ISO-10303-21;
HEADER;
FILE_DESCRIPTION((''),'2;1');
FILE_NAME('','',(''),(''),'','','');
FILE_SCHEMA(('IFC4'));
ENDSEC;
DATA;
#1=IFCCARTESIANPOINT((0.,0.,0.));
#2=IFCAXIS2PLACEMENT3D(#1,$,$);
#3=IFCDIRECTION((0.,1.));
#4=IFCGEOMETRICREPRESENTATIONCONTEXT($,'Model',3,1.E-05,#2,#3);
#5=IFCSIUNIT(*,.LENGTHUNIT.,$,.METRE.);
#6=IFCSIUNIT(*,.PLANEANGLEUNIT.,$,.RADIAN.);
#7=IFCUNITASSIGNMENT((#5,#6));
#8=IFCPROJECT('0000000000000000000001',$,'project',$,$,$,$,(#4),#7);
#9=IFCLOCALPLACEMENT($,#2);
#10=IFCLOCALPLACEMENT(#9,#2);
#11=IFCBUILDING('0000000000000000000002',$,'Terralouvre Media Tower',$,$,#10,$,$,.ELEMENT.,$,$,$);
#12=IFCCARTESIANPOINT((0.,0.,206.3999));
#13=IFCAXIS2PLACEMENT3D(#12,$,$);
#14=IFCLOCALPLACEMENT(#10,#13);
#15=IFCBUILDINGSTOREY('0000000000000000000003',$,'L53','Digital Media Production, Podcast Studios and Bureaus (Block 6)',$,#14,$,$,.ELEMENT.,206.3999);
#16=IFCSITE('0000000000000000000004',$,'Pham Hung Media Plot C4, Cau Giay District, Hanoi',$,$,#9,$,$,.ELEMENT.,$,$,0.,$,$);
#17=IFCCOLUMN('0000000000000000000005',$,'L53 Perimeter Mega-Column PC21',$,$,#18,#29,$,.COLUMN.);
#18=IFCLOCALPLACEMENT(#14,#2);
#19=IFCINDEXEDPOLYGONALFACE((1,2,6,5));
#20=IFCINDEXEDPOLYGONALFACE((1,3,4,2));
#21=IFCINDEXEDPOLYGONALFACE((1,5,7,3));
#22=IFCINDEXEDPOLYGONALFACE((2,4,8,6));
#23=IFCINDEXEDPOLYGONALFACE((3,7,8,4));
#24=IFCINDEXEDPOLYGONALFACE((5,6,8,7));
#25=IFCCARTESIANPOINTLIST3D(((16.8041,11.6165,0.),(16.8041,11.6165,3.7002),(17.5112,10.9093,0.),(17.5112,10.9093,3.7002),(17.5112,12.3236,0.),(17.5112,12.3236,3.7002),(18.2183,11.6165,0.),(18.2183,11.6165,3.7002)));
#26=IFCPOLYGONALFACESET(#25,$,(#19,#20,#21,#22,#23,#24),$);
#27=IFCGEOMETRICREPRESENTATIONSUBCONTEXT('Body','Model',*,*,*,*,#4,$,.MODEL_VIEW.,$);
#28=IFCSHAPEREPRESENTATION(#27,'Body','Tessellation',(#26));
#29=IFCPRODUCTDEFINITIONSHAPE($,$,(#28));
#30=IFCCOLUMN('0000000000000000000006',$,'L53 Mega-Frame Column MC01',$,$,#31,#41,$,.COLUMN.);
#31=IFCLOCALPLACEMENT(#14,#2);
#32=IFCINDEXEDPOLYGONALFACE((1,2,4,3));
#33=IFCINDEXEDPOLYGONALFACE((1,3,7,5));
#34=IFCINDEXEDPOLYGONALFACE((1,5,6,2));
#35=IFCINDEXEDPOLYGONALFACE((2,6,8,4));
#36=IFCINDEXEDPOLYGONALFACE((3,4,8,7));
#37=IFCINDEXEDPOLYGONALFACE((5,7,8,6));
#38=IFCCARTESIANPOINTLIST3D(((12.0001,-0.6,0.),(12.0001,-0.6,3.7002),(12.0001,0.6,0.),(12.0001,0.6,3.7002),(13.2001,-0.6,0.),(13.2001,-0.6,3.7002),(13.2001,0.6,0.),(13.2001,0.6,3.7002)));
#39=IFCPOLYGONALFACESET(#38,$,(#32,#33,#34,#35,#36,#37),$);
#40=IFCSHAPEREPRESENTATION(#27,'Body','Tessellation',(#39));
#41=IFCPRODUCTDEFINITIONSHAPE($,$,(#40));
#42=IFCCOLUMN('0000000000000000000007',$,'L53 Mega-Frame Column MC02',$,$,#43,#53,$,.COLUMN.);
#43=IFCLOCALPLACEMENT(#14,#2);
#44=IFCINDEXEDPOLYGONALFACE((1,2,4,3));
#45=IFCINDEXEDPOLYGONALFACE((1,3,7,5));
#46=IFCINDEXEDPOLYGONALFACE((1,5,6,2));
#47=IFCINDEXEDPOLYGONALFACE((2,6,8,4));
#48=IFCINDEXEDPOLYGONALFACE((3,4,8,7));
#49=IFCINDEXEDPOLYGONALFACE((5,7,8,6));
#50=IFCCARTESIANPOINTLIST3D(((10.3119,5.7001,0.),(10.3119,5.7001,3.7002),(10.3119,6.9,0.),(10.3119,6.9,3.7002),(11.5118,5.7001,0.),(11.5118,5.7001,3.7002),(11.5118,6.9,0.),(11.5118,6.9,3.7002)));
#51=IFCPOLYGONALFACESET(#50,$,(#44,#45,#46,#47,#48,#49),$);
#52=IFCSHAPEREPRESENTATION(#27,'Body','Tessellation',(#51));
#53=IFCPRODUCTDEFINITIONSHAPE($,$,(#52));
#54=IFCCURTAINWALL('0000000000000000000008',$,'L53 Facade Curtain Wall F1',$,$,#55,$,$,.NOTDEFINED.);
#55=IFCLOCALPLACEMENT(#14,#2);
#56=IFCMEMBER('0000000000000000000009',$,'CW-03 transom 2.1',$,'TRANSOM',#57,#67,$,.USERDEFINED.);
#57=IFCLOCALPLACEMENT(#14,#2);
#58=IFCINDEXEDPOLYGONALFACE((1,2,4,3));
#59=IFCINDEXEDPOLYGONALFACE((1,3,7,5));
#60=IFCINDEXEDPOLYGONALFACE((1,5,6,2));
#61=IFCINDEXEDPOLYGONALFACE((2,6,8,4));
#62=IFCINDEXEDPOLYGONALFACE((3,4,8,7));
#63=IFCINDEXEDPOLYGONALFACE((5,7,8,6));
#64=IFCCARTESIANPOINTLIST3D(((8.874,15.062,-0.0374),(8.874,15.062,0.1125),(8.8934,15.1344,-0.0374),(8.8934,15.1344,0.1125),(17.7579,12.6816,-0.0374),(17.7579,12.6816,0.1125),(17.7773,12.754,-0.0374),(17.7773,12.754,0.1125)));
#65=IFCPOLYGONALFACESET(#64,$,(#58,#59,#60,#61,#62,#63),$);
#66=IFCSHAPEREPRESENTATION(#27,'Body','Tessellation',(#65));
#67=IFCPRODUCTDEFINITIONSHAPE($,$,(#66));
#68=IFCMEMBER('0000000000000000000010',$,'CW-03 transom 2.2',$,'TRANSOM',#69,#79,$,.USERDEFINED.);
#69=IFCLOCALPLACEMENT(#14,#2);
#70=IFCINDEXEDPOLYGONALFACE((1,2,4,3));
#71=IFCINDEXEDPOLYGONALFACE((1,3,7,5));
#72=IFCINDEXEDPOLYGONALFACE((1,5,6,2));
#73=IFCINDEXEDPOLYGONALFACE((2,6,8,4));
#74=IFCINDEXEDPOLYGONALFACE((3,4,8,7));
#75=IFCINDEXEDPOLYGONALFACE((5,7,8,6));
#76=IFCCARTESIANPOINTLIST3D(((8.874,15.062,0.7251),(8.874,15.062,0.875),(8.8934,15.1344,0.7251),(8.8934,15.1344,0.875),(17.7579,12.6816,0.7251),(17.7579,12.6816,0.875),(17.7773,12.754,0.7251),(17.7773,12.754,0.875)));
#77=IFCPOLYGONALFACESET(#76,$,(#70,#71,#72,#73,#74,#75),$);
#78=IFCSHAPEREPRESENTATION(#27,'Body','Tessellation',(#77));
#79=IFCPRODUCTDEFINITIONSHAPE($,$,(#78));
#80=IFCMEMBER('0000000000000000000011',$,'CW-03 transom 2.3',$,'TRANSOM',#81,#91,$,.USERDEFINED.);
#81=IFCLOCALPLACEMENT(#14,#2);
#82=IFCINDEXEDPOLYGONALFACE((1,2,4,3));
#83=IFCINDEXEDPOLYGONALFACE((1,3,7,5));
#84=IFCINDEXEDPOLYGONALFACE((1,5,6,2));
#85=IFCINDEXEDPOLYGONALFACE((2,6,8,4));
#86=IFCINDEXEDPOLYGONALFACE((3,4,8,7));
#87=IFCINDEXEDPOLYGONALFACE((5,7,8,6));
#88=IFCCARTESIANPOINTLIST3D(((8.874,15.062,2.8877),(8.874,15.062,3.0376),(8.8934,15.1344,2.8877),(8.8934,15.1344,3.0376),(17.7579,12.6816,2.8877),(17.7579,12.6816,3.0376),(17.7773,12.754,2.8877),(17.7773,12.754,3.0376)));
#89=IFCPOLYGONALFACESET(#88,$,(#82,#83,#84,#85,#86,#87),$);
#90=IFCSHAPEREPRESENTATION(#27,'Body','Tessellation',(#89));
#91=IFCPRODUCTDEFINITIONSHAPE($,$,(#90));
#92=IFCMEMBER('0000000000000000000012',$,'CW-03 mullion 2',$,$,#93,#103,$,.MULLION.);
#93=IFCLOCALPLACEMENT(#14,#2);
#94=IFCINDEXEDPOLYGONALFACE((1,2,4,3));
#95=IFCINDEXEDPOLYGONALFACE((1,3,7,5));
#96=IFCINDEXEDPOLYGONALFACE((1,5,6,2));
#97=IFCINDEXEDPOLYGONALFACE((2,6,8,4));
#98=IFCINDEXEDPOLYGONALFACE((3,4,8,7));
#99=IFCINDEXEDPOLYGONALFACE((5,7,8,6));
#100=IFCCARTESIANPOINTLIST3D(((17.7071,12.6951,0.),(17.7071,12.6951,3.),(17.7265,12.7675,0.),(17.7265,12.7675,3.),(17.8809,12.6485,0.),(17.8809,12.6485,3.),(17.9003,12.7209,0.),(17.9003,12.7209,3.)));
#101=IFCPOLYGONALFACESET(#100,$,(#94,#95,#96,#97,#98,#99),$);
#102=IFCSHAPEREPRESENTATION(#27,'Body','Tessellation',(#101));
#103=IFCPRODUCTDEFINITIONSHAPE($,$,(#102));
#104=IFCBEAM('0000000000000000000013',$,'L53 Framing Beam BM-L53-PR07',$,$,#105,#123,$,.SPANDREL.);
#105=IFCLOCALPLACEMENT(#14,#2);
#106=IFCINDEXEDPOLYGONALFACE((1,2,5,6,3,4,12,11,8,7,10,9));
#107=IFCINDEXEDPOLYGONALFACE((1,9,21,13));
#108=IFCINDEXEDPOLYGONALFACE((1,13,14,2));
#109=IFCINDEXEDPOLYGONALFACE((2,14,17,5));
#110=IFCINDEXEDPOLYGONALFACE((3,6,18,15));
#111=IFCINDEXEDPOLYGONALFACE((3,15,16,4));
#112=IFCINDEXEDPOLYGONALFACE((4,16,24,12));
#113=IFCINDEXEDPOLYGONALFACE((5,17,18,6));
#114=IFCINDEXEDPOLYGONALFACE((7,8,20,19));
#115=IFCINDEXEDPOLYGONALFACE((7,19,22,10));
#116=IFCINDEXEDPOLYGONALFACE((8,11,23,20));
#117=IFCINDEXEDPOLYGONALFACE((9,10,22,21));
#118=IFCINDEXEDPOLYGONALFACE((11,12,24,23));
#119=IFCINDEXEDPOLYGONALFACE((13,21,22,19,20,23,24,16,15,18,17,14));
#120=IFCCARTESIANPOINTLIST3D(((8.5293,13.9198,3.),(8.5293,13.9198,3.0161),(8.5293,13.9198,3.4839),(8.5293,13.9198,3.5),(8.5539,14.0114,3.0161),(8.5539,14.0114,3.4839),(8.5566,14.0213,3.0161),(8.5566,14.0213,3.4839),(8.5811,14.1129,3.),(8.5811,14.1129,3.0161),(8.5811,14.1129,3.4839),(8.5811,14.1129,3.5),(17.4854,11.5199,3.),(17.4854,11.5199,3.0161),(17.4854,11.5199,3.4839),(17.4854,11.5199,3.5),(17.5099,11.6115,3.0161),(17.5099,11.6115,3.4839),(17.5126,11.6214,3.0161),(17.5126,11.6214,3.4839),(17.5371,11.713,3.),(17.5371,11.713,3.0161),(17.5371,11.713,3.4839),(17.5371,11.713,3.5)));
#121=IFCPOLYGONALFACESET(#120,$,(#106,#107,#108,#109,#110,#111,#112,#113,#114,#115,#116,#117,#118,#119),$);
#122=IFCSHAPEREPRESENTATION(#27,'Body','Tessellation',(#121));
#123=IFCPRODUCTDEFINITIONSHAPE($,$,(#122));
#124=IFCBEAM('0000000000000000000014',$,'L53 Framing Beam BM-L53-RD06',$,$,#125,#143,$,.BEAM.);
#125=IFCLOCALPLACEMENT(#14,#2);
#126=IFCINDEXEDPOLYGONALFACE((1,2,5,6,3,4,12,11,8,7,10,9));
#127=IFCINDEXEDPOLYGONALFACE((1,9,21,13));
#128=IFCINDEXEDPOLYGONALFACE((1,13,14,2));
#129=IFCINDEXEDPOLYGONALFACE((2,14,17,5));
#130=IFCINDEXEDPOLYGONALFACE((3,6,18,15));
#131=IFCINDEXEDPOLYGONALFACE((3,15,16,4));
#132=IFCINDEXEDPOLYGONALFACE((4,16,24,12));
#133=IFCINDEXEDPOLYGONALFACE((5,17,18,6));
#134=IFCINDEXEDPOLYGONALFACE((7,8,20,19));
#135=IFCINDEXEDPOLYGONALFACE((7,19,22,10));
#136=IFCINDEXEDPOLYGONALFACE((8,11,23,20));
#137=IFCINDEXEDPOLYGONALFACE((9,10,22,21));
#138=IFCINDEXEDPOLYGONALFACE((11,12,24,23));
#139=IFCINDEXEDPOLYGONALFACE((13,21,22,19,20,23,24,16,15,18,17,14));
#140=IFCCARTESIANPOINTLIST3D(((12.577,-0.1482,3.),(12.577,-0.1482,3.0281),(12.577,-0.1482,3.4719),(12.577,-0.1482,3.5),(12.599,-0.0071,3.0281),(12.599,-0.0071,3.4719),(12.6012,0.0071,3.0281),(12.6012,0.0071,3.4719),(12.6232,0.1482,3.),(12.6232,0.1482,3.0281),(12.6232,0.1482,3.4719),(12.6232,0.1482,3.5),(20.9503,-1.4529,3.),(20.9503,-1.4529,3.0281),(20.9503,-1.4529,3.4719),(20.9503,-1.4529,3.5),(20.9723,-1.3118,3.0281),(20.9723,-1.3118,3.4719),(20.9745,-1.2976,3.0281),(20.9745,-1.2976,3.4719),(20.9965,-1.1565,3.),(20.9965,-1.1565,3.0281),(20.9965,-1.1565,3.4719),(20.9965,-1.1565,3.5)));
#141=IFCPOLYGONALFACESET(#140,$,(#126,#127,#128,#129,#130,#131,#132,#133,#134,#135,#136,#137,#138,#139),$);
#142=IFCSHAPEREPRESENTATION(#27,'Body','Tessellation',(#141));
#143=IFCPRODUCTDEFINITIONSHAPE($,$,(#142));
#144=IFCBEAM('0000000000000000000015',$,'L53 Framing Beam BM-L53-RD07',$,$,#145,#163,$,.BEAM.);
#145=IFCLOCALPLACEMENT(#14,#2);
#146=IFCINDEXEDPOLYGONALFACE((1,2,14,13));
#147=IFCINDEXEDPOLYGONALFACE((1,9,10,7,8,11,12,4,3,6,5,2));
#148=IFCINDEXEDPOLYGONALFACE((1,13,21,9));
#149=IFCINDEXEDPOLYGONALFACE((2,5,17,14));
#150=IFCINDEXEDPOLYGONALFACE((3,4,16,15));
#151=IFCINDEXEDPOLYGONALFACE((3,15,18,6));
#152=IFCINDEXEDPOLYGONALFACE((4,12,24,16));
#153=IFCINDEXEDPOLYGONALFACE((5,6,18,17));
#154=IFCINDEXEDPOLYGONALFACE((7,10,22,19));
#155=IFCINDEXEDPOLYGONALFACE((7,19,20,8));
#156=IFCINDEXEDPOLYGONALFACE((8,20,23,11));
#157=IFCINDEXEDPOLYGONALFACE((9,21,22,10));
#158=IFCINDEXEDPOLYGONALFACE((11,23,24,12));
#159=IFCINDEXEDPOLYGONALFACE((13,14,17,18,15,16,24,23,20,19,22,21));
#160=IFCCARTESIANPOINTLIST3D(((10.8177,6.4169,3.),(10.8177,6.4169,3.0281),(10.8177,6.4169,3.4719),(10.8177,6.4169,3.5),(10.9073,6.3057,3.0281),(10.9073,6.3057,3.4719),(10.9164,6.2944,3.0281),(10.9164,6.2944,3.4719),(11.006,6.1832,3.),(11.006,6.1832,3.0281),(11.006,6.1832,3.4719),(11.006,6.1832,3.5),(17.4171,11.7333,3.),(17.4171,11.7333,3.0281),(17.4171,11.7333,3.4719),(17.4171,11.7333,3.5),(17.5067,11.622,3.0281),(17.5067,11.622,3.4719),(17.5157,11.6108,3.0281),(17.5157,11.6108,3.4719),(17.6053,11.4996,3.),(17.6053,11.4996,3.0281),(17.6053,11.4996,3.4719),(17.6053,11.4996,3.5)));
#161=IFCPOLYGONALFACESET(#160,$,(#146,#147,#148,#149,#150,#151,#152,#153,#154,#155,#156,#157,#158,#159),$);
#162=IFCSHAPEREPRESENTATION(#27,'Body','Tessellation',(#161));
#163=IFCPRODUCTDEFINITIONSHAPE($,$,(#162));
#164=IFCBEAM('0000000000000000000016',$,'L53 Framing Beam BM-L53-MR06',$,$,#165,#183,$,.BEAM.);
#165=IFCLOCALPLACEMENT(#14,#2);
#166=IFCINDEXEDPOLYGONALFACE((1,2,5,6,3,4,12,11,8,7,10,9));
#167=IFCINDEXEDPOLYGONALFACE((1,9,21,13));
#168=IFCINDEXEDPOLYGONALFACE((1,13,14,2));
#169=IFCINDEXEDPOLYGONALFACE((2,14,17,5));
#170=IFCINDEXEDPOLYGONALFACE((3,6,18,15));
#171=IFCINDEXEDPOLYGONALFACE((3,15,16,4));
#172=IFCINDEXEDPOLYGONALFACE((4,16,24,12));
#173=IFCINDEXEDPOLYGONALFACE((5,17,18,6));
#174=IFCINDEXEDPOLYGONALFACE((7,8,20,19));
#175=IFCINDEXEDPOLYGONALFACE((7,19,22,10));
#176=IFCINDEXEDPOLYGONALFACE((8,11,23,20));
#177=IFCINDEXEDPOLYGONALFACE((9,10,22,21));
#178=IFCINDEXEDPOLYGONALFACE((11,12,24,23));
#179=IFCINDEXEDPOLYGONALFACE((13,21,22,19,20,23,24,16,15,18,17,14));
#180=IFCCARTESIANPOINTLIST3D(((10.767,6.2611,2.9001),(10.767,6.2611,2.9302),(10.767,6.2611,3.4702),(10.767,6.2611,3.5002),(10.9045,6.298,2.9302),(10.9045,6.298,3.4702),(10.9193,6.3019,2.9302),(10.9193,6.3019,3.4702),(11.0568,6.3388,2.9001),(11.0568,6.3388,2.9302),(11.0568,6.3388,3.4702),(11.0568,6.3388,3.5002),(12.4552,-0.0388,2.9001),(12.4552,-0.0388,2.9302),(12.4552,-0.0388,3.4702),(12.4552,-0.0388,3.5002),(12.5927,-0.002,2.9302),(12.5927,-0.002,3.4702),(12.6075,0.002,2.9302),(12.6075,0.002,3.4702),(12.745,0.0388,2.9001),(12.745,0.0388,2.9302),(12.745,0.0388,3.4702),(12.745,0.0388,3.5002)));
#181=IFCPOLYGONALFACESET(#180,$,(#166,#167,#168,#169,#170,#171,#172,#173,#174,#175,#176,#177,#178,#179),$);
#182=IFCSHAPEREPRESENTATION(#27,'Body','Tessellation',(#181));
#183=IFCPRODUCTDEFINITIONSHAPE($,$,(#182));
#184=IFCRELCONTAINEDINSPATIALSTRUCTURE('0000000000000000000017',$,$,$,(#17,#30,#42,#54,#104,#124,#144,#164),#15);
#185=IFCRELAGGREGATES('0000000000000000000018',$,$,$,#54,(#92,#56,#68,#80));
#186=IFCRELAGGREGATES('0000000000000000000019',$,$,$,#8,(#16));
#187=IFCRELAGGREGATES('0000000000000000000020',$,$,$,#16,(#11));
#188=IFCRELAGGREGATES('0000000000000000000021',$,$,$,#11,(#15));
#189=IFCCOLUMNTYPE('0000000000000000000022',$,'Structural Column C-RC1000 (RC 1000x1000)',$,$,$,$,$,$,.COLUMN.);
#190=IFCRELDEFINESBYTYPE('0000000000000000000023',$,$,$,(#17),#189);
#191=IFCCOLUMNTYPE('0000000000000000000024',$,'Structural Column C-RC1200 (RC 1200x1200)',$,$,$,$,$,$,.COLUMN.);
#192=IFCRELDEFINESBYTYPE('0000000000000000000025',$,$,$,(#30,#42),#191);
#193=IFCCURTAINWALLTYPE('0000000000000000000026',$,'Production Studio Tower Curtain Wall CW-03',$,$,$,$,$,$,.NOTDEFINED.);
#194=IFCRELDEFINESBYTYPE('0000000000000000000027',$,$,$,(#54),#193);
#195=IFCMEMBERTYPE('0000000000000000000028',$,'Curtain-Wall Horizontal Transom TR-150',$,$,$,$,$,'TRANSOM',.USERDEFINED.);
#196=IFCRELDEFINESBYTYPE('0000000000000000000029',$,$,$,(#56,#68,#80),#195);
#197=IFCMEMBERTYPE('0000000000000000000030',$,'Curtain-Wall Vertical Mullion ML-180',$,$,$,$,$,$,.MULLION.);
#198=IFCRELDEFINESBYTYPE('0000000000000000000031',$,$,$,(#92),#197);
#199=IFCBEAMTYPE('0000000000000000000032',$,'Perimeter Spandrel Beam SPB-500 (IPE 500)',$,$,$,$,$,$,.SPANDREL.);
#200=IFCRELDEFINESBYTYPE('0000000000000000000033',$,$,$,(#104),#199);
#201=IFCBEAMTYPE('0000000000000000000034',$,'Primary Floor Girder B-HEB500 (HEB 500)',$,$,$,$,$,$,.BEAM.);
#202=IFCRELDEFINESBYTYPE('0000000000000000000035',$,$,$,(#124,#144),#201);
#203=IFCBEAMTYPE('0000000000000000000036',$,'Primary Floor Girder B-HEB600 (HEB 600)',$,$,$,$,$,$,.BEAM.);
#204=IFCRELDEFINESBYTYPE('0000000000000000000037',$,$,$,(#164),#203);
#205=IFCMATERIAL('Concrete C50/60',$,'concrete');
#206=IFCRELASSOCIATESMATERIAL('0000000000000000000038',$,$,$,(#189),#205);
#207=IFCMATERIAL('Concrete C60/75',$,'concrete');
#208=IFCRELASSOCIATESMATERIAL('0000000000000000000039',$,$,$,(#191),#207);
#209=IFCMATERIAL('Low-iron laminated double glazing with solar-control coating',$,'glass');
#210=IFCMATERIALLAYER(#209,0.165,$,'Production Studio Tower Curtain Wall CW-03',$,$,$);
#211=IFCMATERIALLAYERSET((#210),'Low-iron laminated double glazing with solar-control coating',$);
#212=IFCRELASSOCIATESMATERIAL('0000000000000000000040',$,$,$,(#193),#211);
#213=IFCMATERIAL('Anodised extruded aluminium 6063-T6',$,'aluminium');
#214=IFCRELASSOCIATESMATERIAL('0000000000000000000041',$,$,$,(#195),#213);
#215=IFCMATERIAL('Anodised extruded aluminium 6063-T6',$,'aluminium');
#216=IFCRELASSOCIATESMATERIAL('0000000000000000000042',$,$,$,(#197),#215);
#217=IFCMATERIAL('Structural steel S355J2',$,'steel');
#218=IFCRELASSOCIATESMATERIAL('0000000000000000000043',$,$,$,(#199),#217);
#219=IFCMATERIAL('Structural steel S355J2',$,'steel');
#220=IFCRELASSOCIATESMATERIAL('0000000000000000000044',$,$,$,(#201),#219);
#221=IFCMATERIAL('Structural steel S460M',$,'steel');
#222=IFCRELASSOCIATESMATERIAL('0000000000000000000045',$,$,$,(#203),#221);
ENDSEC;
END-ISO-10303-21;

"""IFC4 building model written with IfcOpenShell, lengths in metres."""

from ifc_helpers import new_model, si_unit, direction, frame, origin, origin_2d, place, context, subcontext, project, spatial, rectangle, i_section, extrude, material, layer, layer_set, material_profile, profile_set, type_object, element, aggregate, save


model = new_model("IFC4")

# Units and contexts
model_context = context("Model", 3, precision=1e-05, world=origin(), true_north=direction((0.0, 1.0)))
body_context = subcontext(model_context, "Body", "Model", "MODEL_VIEW")
ifc_project = project(units=[si_unit("LENGTHUNIT", "METRE"), si_unit("PLANEANGLEUNIT", "RADIAN")], contexts=[model_context])

# Site, building, storey
site_placement = place(None, origin())
site = spatial("IfcSite", under=ifc_project, at=site_placement, Name="Pham Hung Media Plot C4, Cau Giay District, Hanoi", CompositionType="ELEMENT", RefElevation=0.0)
building_placement = place(site_placement, origin())
building = spatial("IfcBuilding", under=site, at=building_placement, Name="Terralouvre Media Tower", CompositionType="ELEMENT")
storey_placement = place(building_placement, frame((0.0, 0.0, 206.3999)))
storey = spatial("IfcBuildingStorey", under=building, at=storey_placement, Name="L53", Description="Digital Media Production, Podcast Studios and Bureaus (Block 6)", CompositionType="ELEMENT", Elevation=206.3999)

# Columns
ifc_material_1 = material(Name="Concrete C50/60", Category="concrete")
ifc_material_profile_1 = material_profile(ifc_material_1, rectangle(XDim=1.0, YDim=1.0, at=origin_2d()), Name="RC 1000x1000")
ifc_profile_set_1 = profile_set([ifc_material_profile_1], Name="Concrete C50/60")
column_type_1 = type_object("IfcColumnType", Name="Structural Column C-RC1000 (RC 1000x1000)", PredefinedType="COLUMN", material=ifc_profile_set_1)
column_placement = place(storey_placement, frame((17.5112, 11.6165, 0.0), z_axis=(0.0, 0.0, 1.0), x_axis=(0.707107, 0.707107, 0.0)))
element("IfcColumn", 1, at=column_placement, inside=storey, type_object=column_type_1, Name="L53 Perimeter Mega-Column PC21", PredefinedType="COLUMN", context=body_context, shape_type="SweptSolid", body=[
    extrude(rectangle(XDim=1.0, YDim=1.0, at=origin_2d()), origin(), (0.0, 0.0, 1.0), 3.7002),
])
ifc_material_2 = material(Name="Concrete C60/75", Category="concrete")
ifc_material_profile_2 = material_profile(ifc_material_2, rectangle(XDim=1.2, YDim=1.2, at=origin_2d()), Name="RC 1200x1200")
ifc_profile_set_2 = profile_set([ifc_material_profile_2], Name="Concrete C60/75")
column_type_2 = type_object("IfcColumnType", Name="Structural Column C-RC1200 (RC 1200x1200)", PredefinedType="COLUMN", material=ifc_profile_set_2)
for number, where, z_axis, x_axis, name in (
    (2, (12.6001, 0.0, 0.0), (0.0, 0.0, 1.0), (1.0, 0.0, 0.0), "L53 Mega-Frame Column MC01"),
    (3, (10.9119, 6.3, 0.0), (0.0, 0.0, 1.0), (1.0, 0.0, 0.0), "L53 Mega-Frame Column MC02"),
):
    element("IfcColumn", number, at=place(storey_placement, frame(where, z_axis=z_axis, x_axis=x_axis)), inside=storey, type_object=column_type_2, Name=name, PredefinedType="COLUMN", context=body_context, shape_type="SweptSolid", body=[
        extrude(rectangle(XDim=1.2, YDim=1.2, at=origin_2d()), origin(), (0.0, 0.0, 1.0), 3.7002),
    ])

# Curtain wall, members
ifc_material_3 = material(Name="Low-iron laminated double glazing with solar-control coating", Category="glass")
ifc_layer_1 = layer(ifc_material_3, 0.165, Name="Production Studio Tower Curtain Wall CW-03")
ifc_layer_set_1 = layer_set([ifc_layer_1], Name="Low-iron laminated double glazing with solar-control coating")
curtain_wall_type = type_object("IfcCurtainWallType", Name="Production Studio Tower Curtain Wall CW-03", PredefinedType="NOTDEFINED", material=ifc_layer_set_1)
curtain_wall_placement = place(storey_placement, origin())
curtain_wall = element("IfcCurtainWall", 4, at=curtain_wall_placement, inside=storey, type_object=curtain_wall_type, Name="L53 Facade Curtain Wall F1", PredefinedType="NOTDEFINED")
ifc_material_4 = material(Name="Anodised extruded aluminium 6063-T6", Category="aluminium")
ifc_material_profile_3 = material_profile(ifc_material_4, rectangle(XDim=0.075, YDim=0.1499, at=origin_2d()), Name="ALU 75x150")
ifc_profile_set_3 = profile_set([ifc_material_profile_3], Name="Anodised extruded aluminium 6063-T6")
member_type_1 = type_object("IfcMemberType", Name="Curtain-Wall Horizontal Transom TR-150", ElementType="TRANSOM", PredefinedType="USERDEFINED", material=ifc_profile_set_3)
member_1_placement = place(storey_placement, frame((17.7676, 12.7178, 0.0376), z_axis=(-0.965927, 0.258816, 0.0), x_axis=(-0.258816, -0.965927, 0.0)))
member_1 = element("IfcMember", 5, at=member_1_placement, type_object=member_type_1, Name="CW-03 transom 2.1", ObjectType="TRANSOM", PredefinedType="USERDEFINED", context=body_context, shape_type="SweptSolid", body=[
    extrude(rectangle(XDim=0.075, YDim=0.1499, at=origin_2d()), origin(), (0.0, 0.0, 1.0), 9.1973),
])
member_2_placement = place(storey_placement, frame((17.7676, 12.7178, 0.8), z_axis=(-0.965927, 0.258816, 0.0), x_axis=(-0.258816, -0.965927, 0.0)))
member_2 = element("IfcMember", 6, at=member_2_placement, type_object=member_type_1, Name="CW-03 transom 2.2", ObjectType="TRANSOM", PredefinedType="USERDEFINED", context=body_context, shape_type="SweptSolid", body=[
    extrude(rectangle(XDim=0.075, YDim=0.1499, at=origin_2d()), origin(), (0.0, 0.0, 1.0), 9.1973),
])
member_3_placement = place(storey_placement, frame((17.7676, 12.7178, 2.9626), z_axis=(-0.965927, 0.258816, 0.0), x_axis=(-0.258816, -0.965927, 0.0)))
member_3 = element("IfcMember", 7, at=member_3_placement, type_object=member_type_1, Name="CW-03 transom 2.3", ObjectType="TRANSOM", PredefinedType="USERDEFINED", context=body_context, shape_type="SweptSolid", body=[
    extrude(rectangle(XDim=0.075, YDim=0.1499, at=origin_2d()), origin(), (0.0, 0.0, 1.0), 9.1973),
])
ifc_material_5 = material(Name="Anodised extruded aluminium 6063-T6", Category="aluminium")
ifc_material_profile_4 = material_profile(ifc_material_5, rectangle(XDim=0.075, YDim=0.1799, at=origin_2d()), Name="ALU 75x180")
ifc_profile_set_4 = profile_set([ifc_material_profile_4], Name="Anodised extruded aluminium 6063-T6")
member_type_2 = type_object("IfcMemberType", Name="Curtain-Wall Vertical Mullion ML-180", PredefinedType="MULLION", material=ifc_profile_set_4)
member_4_placement = place(storey_placement, frame((17.8037, 12.708, 0.0), z_axis=(0.0, 0.0, 1.0), x_axis=(-0.258819, -0.965926, 0.0)))
member_4 = element("IfcMember", 8, at=member_4_placement, type_object=member_type_2, Name="CW-03 mullion 2", PredefinedType="MULLION", context=body_context, shape_type="SweptSolid", body=[
    extrude(rectangle(XDim=0.075, YDim=0.1799, at=origin_2d()), origin(), (0.0, 0.0, 1.0), 3.0),
])

# Beams
ifc_material_6 = material(Name="Structural steel S355J2", Category="steel")
ifc_material_profile_5 = material_profile(ifc_material_6, i_section(OverallWidth=0.2, OverallDepth=0.5, WebThickness=0.0103, FlangeThickness=0.0161, at=origin_2d()), Name="IPE 500")
ifc_profile_set_5 = profile_set([ifc_material_profile_5], Name="Structural steel S355J2")
beam_type_1 = type_object("IfcBeamType", Name="Perimeter Spandrel Beam SPB-500 (IPE 500)", PredefinedType="SPANDREL", material=ifc_profile_set_5)
beam_1_placement = place(storey_placement, frame((17.5112, 11.6165, 3.25), z_axis=(-0.965922, 0.258833, 0.0), x_axis=(-0.258833, -0.965922, 0.0)))
element("IfcBeam", 9, at=beam_1_placement, inside=storey, type_object=beam_type_1, Name="L53 Framing Beam BM-L53-PR07", PredefinedType="SPANDREL", context=body_context, shape_type="SweptSolid", body=[
    extrude(i_section(OverallWidth=0.2, OverallDepth=0.5, WebThickness=0.0103, FlangeThickness=0.0161, at=origin_2d()), origin(), (0.0, 0.0, 1.0), 9.272),
])
ifc_material_7 = material(Name="Structural steel S355J2", Category="steel")
ifc_material_profile_6 = material_profile(ifc_material_7, i_section(OverallWidth=0.3, OverallDepth=0.5, WebThickness=0.0144, FlangeThickness=0.0281, at=origin_2d()), Name="HEB 500")
ifc_profile_set_6 = profile_set([ifc_material_profile_6], Name="Structural steel S355J2")
beam_type_2 = type_object("IfcBeamType", Name="Primary Floor Girder B-HEB500 (HEB 500)", PredefinedType="BEAM", material=ifc_profile_set_6)
for number, where, z_axis, x_axis, name in (
    (10, (12.6001, 0.0, 3.25), (0.988077, -0.153958, 0.0), (0.153958, 0.988077, 0.0), "L53 Framing Beam BM-L53-RD06"),
    (11, (10.9119, 6.3, 3.25), (0.778739, 0.627347, 0.0), (-0.627347, 0.778739, 0.0), "L53 Framing Beam BM-L53-RD07"),
):
    element("IfcBeam", number, at=place(storey_placement, frame(where, z_axis=z_axis, x_axis=x_axis)), inside=storey, type_object=beam_type_2, Name=name, PredefinedType="BEAM", context=body_context, shape_type="SweptSolid", body=[
        extrude(i_section(OverallWidth=0.3, OverallDepth=0.5, WebThickness=0.0144, FlangeThickness=0.0281, at=origin_2d()), origin(), (0.0, 0.0, 1.0), 8.4744),
    ])
ifc_material_8 = material(Name="Structural steel S460M", Category="steel")
ifc_material_profile_7 = material_profile(ifc_material_8, i_section(OverallWidth=0.3, OverallDepth=0.6001, WebThickness=0.0154, FlangeThickness=0.03, at=origin_2d()), Name="HEB 600")
ifc_profile_set_7 = profile_set([ifc_material_profile_7], Name="Structural steel S460M")
beam_type_3 = type_object("IfcBeamType", Name="Primary Floor Girder B-HEB600 (HEB 600)", PredefinedType="BEAM", material=ifc_profile_set_7)
beam_2_placement = place(storey_placement, frame((12.6001, 0.0, 3.2002), z_axis=(-0.258839, 0.96592, 0.0), x_axis=(-0.96592, -0.258839, 0.0)))
element("IfcBeam", 12, at=beam_2_placement, inside=storey, type_object=beam_type_3, Name="L53 Framing Beam BM-L53-MR06", PredefinedType="BEAM", context=body_context, shape_type="SweptSolid", body=[
    extrude(i_section(OverallWidth=0.3, OverallDepth=0.6001, WebThickness=0.0154, FlangeThickness=0.03, at=origin_2d()), origin(), (0.0, 0.0, 1.0), 6.5222),
])

aggregate(curtain_wall, [member_4, member_1, member_2, member_3])

save(model, "model.ifc")
